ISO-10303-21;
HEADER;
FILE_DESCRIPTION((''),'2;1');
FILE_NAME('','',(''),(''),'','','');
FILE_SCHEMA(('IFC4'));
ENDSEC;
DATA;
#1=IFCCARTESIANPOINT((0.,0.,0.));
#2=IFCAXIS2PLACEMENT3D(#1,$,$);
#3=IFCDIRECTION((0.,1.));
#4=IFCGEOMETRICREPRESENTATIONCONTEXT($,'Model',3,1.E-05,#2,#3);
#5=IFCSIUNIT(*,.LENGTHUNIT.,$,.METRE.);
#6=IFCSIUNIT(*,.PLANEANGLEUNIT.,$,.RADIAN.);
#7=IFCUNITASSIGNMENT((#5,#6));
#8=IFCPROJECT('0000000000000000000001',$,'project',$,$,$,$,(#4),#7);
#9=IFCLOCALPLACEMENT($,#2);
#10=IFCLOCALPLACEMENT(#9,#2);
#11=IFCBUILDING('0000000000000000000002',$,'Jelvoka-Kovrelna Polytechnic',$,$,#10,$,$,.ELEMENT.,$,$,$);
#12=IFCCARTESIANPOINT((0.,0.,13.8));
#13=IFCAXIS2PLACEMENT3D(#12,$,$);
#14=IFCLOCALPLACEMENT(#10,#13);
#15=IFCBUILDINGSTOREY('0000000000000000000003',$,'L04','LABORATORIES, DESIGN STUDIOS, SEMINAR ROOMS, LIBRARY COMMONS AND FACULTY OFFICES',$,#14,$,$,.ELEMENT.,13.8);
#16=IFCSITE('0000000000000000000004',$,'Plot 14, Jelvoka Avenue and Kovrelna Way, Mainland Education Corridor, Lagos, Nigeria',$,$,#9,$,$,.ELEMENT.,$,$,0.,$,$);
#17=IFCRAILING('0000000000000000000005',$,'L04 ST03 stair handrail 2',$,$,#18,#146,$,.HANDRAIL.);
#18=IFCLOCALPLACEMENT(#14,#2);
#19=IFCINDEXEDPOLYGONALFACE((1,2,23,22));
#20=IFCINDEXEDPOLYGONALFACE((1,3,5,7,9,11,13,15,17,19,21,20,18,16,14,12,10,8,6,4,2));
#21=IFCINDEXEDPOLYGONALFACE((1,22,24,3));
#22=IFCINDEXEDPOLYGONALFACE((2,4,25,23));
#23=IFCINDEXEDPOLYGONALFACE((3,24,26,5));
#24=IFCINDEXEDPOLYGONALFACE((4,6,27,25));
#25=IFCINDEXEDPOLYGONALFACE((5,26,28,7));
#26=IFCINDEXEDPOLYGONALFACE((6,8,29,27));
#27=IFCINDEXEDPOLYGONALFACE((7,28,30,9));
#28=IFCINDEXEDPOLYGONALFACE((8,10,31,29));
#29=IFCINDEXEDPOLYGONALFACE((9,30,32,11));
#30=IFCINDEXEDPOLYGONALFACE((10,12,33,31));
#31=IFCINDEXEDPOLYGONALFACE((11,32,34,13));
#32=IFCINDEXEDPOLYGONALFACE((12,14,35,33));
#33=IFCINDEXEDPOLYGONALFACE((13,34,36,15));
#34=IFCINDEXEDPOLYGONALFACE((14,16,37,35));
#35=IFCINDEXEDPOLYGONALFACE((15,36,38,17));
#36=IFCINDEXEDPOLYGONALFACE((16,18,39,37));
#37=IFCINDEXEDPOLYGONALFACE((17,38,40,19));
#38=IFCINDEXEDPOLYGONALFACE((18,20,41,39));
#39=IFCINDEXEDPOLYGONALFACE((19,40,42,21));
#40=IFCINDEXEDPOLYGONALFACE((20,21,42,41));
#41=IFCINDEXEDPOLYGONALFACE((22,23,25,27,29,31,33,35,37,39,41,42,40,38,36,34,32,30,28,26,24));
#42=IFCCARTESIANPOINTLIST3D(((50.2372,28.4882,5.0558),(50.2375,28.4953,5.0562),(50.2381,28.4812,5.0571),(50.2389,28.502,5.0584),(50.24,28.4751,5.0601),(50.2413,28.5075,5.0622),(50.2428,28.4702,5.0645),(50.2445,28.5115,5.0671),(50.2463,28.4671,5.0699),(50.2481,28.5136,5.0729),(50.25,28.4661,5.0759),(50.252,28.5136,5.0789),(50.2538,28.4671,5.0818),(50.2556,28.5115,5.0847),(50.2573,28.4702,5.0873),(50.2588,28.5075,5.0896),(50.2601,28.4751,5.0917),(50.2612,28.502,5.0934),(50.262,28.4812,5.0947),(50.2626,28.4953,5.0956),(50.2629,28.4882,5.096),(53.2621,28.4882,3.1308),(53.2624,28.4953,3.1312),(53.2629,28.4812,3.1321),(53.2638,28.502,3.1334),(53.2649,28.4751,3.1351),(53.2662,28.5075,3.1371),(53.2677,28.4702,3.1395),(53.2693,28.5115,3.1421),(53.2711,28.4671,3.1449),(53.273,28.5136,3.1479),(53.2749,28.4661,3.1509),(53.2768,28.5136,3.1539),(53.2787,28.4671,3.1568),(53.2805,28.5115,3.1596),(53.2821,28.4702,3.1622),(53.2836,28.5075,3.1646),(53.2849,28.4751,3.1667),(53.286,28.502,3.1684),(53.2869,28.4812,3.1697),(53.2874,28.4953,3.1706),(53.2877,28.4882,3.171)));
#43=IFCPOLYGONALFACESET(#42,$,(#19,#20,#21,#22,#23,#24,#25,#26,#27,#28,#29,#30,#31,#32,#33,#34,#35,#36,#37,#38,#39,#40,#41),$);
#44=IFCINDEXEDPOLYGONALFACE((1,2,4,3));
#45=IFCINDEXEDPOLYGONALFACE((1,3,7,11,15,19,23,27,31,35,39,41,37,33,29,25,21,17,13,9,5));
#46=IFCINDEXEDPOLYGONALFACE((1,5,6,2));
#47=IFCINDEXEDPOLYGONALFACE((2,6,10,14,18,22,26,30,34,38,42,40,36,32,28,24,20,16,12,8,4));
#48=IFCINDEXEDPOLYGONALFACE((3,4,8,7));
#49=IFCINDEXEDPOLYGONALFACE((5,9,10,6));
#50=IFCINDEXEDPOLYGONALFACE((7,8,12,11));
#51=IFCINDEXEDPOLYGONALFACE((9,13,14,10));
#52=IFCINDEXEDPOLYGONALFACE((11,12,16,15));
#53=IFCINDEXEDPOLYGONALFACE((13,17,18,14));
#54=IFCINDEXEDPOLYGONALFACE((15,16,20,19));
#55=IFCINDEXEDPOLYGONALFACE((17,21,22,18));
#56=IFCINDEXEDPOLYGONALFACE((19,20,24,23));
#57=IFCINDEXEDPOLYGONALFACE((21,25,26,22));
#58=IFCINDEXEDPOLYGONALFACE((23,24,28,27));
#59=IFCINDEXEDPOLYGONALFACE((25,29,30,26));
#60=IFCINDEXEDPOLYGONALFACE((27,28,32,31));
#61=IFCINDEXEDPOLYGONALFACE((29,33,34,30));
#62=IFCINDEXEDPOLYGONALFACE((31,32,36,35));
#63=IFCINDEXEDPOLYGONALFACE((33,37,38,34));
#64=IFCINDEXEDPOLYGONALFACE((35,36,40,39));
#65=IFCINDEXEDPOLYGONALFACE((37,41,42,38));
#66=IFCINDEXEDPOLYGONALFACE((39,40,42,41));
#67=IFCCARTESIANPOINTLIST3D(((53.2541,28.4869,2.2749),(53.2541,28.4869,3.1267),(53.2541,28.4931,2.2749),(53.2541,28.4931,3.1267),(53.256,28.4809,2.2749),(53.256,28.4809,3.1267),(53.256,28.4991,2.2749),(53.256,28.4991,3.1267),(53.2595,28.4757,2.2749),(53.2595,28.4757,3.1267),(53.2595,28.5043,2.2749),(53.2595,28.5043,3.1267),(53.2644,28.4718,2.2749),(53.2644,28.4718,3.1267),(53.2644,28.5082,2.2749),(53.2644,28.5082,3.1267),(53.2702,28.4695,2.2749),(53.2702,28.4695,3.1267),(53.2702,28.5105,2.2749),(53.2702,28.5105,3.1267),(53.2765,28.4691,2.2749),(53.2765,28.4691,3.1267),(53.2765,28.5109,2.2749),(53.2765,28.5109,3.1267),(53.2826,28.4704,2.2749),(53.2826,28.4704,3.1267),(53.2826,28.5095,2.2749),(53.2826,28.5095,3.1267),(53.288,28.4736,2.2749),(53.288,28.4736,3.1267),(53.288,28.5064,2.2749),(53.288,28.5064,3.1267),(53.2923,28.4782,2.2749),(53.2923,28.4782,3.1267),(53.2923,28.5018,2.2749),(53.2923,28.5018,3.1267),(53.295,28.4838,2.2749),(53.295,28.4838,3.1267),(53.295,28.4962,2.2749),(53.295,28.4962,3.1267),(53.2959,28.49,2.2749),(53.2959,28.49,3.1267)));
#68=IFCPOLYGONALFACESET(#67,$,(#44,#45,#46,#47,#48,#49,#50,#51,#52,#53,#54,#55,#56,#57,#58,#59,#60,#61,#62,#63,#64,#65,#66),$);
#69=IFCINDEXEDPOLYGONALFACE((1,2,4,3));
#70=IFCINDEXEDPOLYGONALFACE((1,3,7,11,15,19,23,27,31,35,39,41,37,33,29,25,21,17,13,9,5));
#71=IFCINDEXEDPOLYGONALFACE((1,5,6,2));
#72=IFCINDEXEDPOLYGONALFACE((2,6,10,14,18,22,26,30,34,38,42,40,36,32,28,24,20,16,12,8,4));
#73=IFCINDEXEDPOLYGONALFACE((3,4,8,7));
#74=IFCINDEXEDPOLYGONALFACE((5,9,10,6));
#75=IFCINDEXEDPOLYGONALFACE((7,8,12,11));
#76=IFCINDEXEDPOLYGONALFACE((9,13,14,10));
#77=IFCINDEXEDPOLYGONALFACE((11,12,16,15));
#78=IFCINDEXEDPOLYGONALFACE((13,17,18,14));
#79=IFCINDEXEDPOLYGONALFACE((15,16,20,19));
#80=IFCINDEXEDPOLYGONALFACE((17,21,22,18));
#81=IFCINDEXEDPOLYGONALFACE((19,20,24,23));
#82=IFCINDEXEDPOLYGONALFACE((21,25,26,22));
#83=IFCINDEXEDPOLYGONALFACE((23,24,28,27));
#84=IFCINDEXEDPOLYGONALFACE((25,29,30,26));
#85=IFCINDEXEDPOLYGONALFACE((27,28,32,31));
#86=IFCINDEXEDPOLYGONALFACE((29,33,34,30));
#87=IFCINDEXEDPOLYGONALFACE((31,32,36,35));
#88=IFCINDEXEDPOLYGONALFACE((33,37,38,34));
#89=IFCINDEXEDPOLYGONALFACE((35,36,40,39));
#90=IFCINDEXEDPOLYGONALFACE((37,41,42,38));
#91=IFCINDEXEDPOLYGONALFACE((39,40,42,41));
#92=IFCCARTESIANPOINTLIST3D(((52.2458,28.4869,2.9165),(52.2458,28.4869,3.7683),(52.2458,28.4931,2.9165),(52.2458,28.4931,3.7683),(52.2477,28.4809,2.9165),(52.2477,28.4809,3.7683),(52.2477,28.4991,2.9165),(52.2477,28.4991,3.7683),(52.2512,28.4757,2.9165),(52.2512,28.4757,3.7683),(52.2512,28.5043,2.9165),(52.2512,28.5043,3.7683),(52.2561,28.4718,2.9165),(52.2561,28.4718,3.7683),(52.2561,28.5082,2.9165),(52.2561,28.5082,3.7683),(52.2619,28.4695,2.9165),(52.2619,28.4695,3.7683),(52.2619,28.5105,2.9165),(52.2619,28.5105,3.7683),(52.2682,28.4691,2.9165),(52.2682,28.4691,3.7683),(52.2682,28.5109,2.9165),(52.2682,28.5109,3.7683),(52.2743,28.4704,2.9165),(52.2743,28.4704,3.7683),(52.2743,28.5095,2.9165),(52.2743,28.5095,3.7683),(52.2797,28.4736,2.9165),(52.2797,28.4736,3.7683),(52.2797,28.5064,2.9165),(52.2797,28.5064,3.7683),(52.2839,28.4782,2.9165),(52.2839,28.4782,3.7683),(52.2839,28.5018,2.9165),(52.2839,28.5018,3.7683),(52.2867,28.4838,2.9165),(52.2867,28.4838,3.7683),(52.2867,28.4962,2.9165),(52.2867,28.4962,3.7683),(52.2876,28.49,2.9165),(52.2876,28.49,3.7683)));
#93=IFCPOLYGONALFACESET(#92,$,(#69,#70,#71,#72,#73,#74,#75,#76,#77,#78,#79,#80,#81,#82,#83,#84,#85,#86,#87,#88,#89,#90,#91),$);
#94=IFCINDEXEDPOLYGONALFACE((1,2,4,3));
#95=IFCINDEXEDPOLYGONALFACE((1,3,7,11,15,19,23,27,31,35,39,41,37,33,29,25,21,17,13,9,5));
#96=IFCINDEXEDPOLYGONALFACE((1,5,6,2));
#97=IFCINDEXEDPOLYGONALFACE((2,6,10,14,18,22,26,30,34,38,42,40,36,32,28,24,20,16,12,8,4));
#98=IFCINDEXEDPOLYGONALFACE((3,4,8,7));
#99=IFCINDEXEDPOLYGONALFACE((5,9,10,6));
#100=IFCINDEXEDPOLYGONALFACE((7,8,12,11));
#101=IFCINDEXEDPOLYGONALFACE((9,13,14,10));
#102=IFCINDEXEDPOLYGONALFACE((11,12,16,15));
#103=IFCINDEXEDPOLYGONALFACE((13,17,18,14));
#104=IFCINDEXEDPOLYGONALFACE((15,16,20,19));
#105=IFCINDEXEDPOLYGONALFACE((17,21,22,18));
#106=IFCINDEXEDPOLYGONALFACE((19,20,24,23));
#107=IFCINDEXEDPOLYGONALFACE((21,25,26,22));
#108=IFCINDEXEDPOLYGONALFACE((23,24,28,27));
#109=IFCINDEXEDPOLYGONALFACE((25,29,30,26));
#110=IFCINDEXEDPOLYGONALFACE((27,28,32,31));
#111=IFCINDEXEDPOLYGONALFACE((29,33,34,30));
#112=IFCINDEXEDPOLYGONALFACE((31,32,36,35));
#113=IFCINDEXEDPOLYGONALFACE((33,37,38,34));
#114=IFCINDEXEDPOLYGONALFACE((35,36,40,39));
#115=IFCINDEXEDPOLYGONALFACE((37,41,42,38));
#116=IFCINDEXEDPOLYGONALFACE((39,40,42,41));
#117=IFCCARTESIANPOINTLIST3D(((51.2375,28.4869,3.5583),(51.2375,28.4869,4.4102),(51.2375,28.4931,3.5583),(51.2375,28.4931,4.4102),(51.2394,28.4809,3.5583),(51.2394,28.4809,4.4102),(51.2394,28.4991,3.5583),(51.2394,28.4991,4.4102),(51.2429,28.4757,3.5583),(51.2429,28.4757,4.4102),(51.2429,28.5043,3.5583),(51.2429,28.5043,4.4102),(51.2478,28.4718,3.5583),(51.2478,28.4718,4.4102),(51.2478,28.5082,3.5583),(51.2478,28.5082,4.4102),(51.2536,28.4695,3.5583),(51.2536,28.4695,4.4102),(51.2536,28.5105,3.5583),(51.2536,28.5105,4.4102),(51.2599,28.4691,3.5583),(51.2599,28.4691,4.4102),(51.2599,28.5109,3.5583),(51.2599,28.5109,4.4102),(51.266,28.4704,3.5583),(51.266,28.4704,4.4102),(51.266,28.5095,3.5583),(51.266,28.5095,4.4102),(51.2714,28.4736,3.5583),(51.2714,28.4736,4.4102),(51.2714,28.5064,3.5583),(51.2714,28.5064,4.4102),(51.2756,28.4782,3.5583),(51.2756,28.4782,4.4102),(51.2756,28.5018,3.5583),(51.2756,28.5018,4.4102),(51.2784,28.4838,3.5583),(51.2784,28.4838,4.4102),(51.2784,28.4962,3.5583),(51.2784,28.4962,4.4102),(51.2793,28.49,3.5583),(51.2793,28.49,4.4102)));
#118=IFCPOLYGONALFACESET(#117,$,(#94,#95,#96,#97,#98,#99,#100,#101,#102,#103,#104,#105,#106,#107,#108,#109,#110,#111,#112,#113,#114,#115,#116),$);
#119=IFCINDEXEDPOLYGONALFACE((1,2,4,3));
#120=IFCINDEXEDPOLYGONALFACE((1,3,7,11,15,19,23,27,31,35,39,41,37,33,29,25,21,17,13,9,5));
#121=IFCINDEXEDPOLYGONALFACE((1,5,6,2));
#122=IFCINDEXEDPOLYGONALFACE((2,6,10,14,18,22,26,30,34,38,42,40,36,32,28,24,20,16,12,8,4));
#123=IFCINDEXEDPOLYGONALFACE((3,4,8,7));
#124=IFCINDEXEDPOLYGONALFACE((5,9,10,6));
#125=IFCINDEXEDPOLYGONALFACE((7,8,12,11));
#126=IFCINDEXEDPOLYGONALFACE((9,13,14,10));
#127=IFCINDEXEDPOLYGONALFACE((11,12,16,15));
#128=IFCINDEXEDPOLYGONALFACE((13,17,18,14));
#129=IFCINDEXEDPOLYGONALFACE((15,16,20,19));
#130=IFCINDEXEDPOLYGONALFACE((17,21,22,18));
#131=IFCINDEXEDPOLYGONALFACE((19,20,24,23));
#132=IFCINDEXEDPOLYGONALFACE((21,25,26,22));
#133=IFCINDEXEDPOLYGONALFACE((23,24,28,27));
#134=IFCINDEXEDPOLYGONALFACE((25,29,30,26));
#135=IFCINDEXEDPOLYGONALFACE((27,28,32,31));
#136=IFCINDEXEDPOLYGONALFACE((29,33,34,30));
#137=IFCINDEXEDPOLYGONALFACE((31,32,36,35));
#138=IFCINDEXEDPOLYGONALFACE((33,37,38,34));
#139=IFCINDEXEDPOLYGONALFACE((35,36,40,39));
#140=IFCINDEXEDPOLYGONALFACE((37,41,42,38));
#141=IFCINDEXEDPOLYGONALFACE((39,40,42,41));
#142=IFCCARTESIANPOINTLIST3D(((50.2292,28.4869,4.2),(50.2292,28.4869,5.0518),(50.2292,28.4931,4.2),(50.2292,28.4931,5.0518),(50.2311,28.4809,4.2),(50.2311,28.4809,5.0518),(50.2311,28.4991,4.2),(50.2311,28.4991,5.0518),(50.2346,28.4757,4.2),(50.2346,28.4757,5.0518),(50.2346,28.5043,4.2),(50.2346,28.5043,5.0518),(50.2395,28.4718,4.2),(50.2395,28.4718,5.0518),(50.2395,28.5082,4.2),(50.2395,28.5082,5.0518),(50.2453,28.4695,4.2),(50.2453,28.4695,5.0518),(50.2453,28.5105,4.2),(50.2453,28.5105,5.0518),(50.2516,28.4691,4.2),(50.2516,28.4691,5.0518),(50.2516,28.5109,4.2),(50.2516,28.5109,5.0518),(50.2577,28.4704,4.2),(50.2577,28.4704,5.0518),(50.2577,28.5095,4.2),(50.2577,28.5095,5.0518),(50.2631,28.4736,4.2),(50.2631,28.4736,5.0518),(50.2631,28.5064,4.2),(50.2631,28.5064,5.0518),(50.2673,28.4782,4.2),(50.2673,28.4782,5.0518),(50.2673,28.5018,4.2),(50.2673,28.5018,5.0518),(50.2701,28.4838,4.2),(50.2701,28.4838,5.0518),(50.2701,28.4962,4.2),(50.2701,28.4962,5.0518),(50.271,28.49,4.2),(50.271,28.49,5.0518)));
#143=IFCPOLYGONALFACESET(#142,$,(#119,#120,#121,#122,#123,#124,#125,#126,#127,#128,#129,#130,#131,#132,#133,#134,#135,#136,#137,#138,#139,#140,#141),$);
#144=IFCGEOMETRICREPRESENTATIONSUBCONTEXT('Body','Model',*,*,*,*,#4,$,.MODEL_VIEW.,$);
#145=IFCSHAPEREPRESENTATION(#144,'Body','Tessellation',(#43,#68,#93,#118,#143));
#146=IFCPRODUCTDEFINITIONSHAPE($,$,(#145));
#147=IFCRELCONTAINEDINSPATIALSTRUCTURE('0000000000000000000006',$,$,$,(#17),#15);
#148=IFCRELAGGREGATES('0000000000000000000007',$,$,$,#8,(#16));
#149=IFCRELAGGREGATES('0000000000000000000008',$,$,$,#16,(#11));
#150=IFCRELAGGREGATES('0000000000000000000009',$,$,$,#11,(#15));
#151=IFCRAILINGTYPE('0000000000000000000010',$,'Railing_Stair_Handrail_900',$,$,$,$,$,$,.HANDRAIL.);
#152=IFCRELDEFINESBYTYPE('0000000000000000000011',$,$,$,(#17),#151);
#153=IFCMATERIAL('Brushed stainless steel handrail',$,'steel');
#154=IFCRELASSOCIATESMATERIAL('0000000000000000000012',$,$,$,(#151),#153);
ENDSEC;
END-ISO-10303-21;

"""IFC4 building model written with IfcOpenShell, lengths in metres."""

from ifc_helpers import new_model, si_unit, direction, frame, origin, origin_2d, place, context, subcontext, project, spatial, circle, extrude, material, type_object, element, save


model = new_model("IFC4")

# Units and contexts
model_context = context("Model", 3, precision=1e-05, world=origin(), true_north=direction((0.0, 1.0)))
body_context = subcontext(model_context, "Body", "Model", "MODEL_VIEW")
ifc_project = project(units=[si_unit("LENGTHUNIT", "METRE"), si_unit("PLANEANGLEUNIT", "RADIAN")], contexts=[model_context])

# Site, building, storey
site_placement = place(None, origin())
site = spatial("IfcSite", under=ifc_project, at=site_placement, Name="Plot 14, Jelvoka Avenue and Kovrelna Way, Mainland Education Corridor, Lagos, Nigeria", CompositionType="ELEMENT", RefElevation=0.0)
building_placement = place(site_placement, origin())
building = spatial("IfcBuilding", under=site, at=building_placement, Name="Jelvoka-Kovrelna Polytechnic", CompositionType="ELEMENT")
storey_placement = place(building_placement, frame((0.0, 0.0, 13.8)))
storey = spatial("IfcBuildingStorey", under=building, at=storey_placement, Name="L04", Description="LABORATORIES, DESIGN STUDIOS, SEMINAR ROOMS, LIBRARY COMMONS AND FACULTY OFFICES", CompositionType="ELEMENT", Elevation=13.8)

# Railing
ifc_material_1 = material(Name="Brushed stainless steel handrail", Category="steel")
railing_type_1 = type_object("IfcRailingType", Name="Railing_Stair_Handrail_900", PredefinedType="HANDRAIL", material=ifc_material_1)
railing_1_placement = place(storey_placement, frame((53.2749, 28.49, 2.2749)))
element("IfcRailing", 1, at=railing_1_placement, inside=storey, type_object=railing_type_1, Name="L04 ST03 stair handrail 2", PredefinedType="HANDRAIL", context=body_context, shape_type="SweptSolid", body=[
    extrude(circle(Radius=0.0239, at=origin_2d()), frame((0.0, 0.0, 0.876), z_axis=(-0.843647, 0.0, 0.536898), x_axis=(0.0, -1.0, 0.0)), (0.0, 0.0, 1.0), 3.5854),
    extrude(circle(Radius=0.021, at=origin_2d()), origin(), (0.0, 0.0, 1.0), 0.8518),
    extrude(circle(Radius=0.021, at=origin_2d()), frame((-1.0083, 0.0, 0.6416)), (0.0, 0.0, 1.0), 0.8518),
    extrude(circle(Radius=0.021, at=origin_2d()), frame((-2.0166, 0.0, 1.2834)), (0.0, 0.0, 1.0), 0.8518),
    extrude(circle(Radius=0.021, at=origin_2d()), frame((-3.0249, 0.0, 1.925)), (0.0, 0.0, 1.0), 0.8518),
])

save(model, "model.ifc")
